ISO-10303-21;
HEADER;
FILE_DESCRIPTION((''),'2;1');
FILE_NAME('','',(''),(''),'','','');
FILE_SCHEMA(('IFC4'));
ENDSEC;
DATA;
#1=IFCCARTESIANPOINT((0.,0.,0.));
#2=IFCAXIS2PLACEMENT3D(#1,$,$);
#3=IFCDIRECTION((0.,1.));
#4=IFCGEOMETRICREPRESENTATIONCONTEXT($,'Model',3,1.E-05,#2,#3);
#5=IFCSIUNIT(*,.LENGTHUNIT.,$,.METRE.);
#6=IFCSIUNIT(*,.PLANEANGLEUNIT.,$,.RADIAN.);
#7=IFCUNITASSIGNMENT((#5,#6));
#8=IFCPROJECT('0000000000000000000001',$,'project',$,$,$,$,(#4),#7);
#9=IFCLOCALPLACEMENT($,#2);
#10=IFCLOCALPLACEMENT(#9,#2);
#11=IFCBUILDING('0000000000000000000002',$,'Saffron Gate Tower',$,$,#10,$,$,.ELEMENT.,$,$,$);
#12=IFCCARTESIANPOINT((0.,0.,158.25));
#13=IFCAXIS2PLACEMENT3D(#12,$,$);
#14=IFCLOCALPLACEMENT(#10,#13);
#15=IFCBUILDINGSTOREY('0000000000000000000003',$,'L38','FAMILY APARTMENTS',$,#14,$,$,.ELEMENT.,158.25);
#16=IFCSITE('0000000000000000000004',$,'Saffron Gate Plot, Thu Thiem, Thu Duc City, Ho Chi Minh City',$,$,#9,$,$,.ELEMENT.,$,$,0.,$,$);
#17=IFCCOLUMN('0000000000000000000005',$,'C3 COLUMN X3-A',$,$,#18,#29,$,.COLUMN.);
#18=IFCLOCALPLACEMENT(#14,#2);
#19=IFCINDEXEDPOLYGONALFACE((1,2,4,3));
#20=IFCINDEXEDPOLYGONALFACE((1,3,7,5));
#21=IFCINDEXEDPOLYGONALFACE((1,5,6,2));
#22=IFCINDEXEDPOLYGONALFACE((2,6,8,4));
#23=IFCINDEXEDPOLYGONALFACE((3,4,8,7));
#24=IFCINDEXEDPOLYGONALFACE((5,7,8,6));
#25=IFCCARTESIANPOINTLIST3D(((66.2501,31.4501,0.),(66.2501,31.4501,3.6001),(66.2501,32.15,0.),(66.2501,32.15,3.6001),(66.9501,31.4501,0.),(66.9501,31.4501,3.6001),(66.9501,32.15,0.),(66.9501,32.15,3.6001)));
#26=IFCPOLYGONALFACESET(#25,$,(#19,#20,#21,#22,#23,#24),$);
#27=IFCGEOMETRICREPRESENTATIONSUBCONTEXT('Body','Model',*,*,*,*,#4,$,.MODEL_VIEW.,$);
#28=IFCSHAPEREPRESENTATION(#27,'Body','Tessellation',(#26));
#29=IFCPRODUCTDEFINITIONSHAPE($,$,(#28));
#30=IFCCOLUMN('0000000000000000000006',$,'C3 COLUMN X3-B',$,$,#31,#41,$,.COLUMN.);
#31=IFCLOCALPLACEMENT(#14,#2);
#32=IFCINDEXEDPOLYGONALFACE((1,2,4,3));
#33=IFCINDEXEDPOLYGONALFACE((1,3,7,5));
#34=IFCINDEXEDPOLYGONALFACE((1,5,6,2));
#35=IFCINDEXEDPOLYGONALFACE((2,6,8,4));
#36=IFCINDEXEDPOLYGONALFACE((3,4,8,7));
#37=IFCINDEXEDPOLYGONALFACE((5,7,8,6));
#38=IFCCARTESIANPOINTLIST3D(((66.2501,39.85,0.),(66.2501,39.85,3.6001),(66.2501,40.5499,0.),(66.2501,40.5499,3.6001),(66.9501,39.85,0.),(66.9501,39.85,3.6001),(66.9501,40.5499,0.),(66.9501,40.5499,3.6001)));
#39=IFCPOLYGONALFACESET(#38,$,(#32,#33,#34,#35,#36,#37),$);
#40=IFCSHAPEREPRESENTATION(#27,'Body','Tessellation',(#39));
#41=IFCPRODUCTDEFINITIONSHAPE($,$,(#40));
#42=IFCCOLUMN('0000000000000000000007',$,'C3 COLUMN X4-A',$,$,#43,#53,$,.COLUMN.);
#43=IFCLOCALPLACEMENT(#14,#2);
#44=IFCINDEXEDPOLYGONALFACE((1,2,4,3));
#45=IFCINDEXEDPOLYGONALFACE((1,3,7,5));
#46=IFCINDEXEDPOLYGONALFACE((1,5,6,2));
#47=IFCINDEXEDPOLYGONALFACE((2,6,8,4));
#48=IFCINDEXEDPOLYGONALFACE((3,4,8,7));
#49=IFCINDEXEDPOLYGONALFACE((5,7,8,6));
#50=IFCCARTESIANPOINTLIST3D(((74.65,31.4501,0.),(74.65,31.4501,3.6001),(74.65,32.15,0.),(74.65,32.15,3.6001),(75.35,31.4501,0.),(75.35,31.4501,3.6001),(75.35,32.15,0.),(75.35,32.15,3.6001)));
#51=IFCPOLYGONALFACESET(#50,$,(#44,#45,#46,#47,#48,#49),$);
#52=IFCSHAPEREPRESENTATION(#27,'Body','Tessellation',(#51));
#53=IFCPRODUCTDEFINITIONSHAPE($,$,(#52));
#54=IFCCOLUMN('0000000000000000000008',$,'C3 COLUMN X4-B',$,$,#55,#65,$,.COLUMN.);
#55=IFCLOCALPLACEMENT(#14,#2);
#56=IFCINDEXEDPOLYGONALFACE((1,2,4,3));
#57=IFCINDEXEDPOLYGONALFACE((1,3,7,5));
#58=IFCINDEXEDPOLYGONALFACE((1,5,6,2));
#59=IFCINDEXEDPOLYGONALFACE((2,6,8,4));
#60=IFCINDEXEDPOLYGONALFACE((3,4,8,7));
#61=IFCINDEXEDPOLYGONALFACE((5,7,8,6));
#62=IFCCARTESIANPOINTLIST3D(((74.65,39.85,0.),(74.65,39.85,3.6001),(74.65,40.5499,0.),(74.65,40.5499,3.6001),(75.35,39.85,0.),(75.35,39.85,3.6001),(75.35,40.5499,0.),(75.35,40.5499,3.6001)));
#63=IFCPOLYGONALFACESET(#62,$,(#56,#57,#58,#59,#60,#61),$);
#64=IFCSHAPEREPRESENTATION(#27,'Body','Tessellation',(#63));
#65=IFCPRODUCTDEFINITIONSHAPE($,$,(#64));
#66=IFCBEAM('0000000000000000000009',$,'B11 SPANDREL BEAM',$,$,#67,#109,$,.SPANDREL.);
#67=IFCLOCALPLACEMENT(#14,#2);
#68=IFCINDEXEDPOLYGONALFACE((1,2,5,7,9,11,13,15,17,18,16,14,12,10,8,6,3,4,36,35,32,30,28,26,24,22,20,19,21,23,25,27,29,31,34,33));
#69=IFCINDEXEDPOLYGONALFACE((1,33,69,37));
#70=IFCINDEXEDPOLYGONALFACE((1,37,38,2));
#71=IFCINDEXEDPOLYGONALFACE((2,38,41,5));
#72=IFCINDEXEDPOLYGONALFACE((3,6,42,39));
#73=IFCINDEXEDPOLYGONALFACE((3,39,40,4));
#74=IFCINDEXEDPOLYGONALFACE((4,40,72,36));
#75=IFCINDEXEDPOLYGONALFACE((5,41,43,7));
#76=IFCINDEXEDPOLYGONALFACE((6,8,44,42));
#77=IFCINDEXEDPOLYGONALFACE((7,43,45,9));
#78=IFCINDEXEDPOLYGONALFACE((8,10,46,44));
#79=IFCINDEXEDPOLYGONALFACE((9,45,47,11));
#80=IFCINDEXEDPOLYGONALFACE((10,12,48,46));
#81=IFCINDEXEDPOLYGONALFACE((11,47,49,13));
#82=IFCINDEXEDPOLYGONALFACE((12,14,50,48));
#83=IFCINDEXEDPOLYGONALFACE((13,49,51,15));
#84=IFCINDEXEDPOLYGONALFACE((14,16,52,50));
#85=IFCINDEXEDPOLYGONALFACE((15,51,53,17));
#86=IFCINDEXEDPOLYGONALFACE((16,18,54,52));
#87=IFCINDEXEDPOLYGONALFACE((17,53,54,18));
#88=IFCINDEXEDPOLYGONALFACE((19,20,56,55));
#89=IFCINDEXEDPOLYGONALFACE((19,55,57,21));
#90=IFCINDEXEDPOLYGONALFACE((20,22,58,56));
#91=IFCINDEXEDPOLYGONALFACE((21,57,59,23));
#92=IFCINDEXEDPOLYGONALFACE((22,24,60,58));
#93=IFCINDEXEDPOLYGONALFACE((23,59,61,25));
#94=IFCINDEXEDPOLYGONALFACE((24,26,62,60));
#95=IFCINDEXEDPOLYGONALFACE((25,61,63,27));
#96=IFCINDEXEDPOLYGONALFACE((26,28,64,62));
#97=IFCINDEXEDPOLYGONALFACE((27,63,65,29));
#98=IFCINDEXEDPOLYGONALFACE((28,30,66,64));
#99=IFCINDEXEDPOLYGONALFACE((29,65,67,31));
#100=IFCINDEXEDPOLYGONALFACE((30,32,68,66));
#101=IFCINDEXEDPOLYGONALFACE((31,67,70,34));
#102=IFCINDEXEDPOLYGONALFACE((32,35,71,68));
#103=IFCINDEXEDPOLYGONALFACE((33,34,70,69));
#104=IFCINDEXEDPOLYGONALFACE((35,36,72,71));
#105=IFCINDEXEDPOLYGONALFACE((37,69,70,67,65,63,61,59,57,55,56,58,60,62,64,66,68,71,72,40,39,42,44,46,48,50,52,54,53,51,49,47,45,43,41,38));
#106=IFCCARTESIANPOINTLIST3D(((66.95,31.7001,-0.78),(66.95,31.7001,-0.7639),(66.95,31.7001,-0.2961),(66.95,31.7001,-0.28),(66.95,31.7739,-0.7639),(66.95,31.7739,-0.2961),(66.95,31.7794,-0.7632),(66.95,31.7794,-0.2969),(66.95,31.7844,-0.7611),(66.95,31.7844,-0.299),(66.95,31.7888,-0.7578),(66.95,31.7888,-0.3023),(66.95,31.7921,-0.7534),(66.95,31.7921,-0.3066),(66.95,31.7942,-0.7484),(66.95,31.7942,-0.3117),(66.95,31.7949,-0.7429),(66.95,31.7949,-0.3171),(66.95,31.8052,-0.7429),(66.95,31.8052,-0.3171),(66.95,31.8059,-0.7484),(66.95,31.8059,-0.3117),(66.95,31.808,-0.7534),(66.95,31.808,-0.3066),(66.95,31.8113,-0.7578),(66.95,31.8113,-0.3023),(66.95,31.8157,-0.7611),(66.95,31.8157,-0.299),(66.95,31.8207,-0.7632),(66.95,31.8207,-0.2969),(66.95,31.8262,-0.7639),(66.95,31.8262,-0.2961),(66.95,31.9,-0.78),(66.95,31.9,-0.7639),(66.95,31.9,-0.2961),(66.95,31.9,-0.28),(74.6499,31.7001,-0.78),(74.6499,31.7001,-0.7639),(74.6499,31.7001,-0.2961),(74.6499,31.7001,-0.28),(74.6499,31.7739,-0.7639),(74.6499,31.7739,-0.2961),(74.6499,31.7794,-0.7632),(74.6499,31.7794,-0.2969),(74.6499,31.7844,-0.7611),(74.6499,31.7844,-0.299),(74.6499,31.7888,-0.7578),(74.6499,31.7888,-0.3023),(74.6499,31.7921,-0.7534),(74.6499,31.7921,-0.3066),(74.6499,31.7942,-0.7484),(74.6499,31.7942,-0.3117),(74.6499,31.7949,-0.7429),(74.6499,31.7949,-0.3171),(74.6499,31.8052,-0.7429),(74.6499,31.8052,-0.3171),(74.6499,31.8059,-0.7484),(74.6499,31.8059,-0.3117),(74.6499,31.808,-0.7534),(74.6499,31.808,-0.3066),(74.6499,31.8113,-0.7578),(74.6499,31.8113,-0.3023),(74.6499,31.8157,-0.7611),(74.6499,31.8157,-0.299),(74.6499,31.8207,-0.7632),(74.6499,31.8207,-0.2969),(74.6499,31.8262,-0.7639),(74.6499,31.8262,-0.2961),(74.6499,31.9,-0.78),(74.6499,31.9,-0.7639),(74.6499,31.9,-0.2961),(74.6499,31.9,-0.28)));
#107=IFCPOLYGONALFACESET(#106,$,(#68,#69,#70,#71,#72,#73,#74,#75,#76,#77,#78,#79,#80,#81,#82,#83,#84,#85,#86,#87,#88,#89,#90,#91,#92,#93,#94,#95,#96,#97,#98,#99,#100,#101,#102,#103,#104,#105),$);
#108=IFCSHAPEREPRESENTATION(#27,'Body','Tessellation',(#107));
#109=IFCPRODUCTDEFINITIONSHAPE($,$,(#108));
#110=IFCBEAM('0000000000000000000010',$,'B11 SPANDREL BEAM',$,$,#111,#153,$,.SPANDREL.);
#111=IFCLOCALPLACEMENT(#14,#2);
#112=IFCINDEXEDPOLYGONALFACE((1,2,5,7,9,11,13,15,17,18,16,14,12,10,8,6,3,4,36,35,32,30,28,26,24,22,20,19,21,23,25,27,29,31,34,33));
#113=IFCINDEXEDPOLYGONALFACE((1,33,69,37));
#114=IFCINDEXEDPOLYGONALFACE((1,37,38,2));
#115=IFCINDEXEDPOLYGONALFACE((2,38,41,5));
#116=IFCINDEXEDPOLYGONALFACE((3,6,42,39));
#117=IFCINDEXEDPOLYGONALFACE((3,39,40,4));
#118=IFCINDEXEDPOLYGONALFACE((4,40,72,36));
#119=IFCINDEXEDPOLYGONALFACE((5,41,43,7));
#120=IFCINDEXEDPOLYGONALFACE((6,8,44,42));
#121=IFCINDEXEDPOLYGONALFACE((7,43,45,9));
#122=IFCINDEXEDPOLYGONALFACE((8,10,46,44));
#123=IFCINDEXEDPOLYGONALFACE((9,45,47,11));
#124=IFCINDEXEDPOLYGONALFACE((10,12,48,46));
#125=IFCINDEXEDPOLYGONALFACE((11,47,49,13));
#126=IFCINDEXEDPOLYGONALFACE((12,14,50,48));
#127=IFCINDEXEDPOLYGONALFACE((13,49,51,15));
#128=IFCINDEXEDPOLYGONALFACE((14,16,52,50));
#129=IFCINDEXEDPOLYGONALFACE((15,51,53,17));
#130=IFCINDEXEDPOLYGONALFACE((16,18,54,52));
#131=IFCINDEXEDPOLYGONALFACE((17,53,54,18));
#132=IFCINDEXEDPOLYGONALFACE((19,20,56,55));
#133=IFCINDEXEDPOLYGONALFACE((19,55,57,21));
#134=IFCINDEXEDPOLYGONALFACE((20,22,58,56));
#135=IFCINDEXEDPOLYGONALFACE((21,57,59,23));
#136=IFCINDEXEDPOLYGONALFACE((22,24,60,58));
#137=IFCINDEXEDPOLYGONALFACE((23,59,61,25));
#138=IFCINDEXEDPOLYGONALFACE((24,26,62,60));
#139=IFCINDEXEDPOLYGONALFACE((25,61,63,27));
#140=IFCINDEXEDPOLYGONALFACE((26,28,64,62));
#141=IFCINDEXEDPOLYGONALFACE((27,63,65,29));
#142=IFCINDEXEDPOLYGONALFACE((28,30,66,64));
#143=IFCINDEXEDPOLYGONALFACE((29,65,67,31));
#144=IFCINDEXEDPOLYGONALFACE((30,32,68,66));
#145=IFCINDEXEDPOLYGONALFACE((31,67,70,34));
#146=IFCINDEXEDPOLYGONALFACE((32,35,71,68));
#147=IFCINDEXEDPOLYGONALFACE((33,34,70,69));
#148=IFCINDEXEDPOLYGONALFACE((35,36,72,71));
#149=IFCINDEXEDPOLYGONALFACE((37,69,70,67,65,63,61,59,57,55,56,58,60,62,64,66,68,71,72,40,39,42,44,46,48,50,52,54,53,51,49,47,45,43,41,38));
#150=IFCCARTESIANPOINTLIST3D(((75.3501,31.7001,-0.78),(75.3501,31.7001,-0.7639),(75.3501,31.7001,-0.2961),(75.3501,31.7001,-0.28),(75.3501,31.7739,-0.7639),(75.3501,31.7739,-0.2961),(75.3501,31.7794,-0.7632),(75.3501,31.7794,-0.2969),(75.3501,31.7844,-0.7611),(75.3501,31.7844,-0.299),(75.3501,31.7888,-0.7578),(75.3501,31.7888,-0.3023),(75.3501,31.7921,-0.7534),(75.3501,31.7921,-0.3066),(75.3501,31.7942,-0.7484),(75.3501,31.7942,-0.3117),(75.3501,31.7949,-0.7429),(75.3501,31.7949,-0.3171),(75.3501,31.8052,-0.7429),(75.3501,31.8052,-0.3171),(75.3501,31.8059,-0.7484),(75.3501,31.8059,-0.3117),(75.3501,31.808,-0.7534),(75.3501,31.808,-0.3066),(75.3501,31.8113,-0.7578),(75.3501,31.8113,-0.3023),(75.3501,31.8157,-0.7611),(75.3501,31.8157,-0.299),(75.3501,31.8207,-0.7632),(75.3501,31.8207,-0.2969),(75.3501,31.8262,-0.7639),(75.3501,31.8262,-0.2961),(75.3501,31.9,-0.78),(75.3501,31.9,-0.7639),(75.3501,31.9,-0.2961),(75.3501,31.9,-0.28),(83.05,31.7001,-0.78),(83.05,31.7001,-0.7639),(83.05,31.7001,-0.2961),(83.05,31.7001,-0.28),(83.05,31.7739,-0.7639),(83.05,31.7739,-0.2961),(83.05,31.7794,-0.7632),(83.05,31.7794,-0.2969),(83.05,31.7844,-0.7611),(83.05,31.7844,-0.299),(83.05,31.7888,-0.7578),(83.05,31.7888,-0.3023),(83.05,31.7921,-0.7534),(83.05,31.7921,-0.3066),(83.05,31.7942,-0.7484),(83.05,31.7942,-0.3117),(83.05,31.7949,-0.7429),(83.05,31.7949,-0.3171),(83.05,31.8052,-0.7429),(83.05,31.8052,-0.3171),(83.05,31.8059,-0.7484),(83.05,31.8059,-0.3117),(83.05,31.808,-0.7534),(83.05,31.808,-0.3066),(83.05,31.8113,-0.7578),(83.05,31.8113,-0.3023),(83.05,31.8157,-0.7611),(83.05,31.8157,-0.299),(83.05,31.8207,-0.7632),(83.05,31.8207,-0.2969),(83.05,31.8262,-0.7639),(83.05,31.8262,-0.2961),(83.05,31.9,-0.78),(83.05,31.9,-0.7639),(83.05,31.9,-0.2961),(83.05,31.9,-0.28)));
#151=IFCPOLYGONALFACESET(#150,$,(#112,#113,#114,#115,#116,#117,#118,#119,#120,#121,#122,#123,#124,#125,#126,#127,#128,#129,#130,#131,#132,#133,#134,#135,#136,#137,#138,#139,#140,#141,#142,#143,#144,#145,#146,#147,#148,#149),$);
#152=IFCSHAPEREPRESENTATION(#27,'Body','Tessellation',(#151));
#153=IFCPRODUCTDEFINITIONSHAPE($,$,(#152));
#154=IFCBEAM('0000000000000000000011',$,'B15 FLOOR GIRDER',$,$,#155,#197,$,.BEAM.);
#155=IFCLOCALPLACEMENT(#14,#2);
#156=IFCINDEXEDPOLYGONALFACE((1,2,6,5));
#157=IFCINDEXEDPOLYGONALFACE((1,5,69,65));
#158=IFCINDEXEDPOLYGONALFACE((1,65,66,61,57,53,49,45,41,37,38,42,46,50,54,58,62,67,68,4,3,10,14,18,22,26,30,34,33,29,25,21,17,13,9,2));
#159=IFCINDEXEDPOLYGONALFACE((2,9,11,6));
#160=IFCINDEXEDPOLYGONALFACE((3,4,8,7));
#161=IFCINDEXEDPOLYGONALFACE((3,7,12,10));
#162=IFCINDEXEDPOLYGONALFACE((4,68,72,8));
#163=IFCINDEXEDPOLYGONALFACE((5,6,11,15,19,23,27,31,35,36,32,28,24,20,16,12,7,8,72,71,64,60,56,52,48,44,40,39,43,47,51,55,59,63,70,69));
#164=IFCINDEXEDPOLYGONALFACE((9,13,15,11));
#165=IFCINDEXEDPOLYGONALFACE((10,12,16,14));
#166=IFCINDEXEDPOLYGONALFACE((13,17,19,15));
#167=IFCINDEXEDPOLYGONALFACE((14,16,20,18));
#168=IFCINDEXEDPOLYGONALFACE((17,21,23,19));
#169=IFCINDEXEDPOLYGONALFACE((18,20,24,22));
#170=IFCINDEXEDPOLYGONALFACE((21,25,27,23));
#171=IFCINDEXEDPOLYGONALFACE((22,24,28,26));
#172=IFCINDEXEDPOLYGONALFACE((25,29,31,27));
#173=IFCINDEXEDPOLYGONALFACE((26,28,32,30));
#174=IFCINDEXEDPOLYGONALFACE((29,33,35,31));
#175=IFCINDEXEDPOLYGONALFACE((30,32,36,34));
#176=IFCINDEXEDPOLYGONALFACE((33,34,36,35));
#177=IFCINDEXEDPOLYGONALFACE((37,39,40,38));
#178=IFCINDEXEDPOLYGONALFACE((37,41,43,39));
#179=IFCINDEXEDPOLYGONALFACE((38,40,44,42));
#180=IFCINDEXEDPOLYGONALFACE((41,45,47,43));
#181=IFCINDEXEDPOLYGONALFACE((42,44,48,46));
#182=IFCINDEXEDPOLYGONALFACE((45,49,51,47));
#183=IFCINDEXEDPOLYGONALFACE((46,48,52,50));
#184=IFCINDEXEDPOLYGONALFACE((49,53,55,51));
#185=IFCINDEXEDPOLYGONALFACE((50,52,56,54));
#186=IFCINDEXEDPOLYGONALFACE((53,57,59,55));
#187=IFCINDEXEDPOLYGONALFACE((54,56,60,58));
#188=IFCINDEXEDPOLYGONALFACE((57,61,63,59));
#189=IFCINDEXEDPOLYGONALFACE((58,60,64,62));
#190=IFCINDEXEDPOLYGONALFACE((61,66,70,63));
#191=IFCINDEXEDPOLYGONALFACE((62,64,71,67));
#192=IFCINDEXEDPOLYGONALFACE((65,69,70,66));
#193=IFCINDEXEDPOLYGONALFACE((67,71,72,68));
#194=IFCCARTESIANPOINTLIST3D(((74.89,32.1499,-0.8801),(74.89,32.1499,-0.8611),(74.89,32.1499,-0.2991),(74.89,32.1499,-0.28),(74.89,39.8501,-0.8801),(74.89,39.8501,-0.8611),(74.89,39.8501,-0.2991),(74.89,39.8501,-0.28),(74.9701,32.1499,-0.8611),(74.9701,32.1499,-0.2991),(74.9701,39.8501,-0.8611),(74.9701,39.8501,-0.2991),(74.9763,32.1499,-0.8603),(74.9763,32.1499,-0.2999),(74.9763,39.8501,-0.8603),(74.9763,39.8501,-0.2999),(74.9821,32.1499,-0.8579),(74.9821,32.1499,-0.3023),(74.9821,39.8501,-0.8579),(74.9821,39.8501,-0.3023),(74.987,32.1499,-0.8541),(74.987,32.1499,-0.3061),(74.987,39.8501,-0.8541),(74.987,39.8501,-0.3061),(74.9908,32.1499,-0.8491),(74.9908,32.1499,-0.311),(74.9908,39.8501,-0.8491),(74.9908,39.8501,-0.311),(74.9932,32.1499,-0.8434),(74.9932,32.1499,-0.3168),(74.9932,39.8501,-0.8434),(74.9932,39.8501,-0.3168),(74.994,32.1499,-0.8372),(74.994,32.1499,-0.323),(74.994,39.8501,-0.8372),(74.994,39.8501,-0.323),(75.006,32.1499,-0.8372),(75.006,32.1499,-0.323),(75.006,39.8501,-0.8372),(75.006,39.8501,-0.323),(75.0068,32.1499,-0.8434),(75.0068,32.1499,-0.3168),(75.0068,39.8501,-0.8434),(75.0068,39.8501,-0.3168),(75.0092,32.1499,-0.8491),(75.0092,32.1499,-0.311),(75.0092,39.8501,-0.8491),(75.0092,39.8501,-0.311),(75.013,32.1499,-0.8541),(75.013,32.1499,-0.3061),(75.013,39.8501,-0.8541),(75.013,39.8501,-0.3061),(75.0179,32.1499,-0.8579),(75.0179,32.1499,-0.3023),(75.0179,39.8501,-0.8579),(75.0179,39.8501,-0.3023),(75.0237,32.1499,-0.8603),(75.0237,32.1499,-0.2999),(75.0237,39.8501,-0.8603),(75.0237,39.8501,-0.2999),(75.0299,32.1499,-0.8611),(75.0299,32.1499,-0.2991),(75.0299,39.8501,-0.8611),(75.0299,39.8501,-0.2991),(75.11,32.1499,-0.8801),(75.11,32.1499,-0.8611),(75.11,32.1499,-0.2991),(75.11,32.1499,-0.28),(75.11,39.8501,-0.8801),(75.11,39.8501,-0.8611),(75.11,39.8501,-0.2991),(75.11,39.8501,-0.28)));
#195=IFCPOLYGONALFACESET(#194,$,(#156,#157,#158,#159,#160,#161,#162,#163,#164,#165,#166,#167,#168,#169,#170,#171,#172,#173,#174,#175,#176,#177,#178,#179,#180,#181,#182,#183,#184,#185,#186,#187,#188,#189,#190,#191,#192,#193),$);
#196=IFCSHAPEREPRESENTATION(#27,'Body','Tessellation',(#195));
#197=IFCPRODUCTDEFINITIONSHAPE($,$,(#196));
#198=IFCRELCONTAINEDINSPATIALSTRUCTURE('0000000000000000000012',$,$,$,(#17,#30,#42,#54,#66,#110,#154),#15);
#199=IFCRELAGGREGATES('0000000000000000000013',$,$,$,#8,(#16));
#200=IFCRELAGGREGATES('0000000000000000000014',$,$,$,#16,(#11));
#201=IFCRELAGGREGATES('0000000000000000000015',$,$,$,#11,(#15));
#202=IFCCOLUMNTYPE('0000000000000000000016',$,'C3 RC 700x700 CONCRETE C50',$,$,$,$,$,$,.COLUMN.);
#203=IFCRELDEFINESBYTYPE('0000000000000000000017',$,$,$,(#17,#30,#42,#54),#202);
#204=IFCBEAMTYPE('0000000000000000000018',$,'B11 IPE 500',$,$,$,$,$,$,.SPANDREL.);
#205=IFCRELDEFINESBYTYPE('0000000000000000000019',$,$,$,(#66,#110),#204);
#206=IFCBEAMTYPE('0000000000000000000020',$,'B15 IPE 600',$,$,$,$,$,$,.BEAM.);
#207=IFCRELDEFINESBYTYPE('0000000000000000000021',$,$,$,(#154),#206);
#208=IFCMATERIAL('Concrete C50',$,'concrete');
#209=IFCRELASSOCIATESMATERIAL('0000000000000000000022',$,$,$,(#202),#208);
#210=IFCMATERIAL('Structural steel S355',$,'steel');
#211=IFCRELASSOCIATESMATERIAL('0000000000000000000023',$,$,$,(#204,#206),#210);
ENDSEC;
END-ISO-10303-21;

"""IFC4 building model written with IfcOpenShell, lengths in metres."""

from ifc_helpers import new_model, si_unit, direction, frame, origin, origin_2d, place, context, subcontext, project, spatial, rectangle, i_section, extrude, material, material_profile, profile_set, type_object, element, save


model = new_model("IFC4")

# Units and contexts
model_context = context("Model", 3, precision=1e-05, world=origin(), true_north=direction((0.0, 1.0)))
body_context = subcontext(model_context, "Body", "Model", "MODEL_VIEW")
ifc_project = project(units=[si_unit("LENGTHUNIT", "METRE"), si_unit("PLANEANGLEUNIT", "RADIAN")], contexts=[model_context])

# Site, building, storey
site_placement = place(None, origin())
site = spatial("IfcSite", under=ifc_project, at=site_placement, Name="Saffron Gate Plot, Thu Thiem, Thu Duc City, Ho Chi Minh City", CompositionType="ELEMENT", RefElevation=0.0)
building_placement = place(site_placement, origin())
building = spatial("IfcBuilding", under=site, at=building_placement, Name="Saffron Gate Tower", CompositionType="ELEMENT")
storey_placement = place(building_placement, frame((0.0, 0.0, 158.25)))
storey = spatial("IfcBuildingStorey", under=building, at=storey_placement, Name="L38", Description="FAMILY APARTMENTS", CompositionType="ELEMENT", Elevation=158.25)

# Columns
ifc_material_1 = material(Name="Concrete C50", Category="concrete")
ifc_material_profile_1 = material_profile(ifc_material_1, rectangle(XDim=0.7, YDim=0.7, at=origin_2d()))
ifc_profile_set_1 = profile_set([ifc_material_profile_1], Name="Concrete C50")
column_type = type_object("IfcColumnType", Name="C3 RC 700x700 CONCRETE C50", PredefinedType="COLUMN", material=ifc_profile_set_1)
for number, where, z_axis, x_axis, name in (
    (1, (66.6001, 31.8, 0.0), (0.0, 0.0, 1.0), (1.0, 0.0, 0.0), "C3 COLUMN X3-A"),
    (2, (66.6001, 40.2, 0.0), (0.0, 0.0, 1.0), (1.0, 0.0, 0.0), "C3 COLUMN X3-B"),
    (3, (75.0, 31.8, 0.0), (0.0, 0.0, 1.0), (1.0, 0.0, 0.0), "C3 COLUMN X4-A"),
    (4, (75.0, 40.2, 0.0), (0.0, 0.0, 1.0), (1.0, 0.0, 0.0), "C3 COLUMN X4-B"),
):
    element("IfcColumn", number, at=place(storey_placement, frame(where, z_axis=z_axis, x_axis=x_axis)), inside=storey, type_object=column_type, Name=name, PredefinedType="COLUMN", context=body_context, shape_type="SweptSolid", body=[
        extrude(rectangle(XDim=0.7, YDim=0.7, at=origin_2d()), origin(), (0.0, 0.0, 1.0), 3.6001),
    ])

# Beams
ifc_material_2 = material(Name="Structural steel S355", Category="steel")
ifc_material_profile_2 = material_profile(ifc_material_2, i_section(OverallWidth=0.2, OverallDepth=0.5, WebThickness=0.0103, FlangeThickness=0.0161, FilletRadius=0.021, at=origin_2d()))
ifc_profile_set_2 = profile_set([ifc_material_profile_2], Name="Structural steel S355")
beam_type_1 = type_object("IfcBeamType", Name="B11 IPE 500", PredefinedType="SPANDREL", material=ifc_profile_set_2)
for number, where, z_axis, x_axis, name in (
    (5, (66.95, 31.8, -0.53), (1.0, 0.0, 0.0), (0.0, 1.0, 0.0), "B11 SPANDREL BEAM"),
    (6, (75.3501, 31.8, -0.53), (1.0, 0.0, 0.0), (0.0, 1.0, 0.0), "B11 SPANDREL BEAM"),
):
    element("IfcBeam", number, at=place(storey_placement, frame(where, z_axis=z_axis, x_axis=x_axis)), inside=storey, type_object=beam_type_1, Name=name, PredefinedType="SPANDREL", context=body_context, shape_type="SweptSolid", body=[
        extrude(i_section(OverallWidth=0.2, OverallDepth=0.5, WebThickness=0.0103, FlangeThickness=0.0161, FilletRadius=0.021, at=origin_2d()), origin(), (0.0, 0.0, 1.0), 7.7),
    ])
ifc_material_profile_3 = material_profile(ifc_material_2, i_section(OverallWidth=0.22, OverallDepth=0.6001, WebThickness=0.012, FlangeThickness=0.019, FilletRadius=0.0239, at=origin_2d()))
ifc_profile_set_3 = profile_set([ifc_material_profile_3], Name="Structural steel S355")
beam_type_2 = type_object("IfcBeamType", Name="B15 IPE 600", PredefinedType="BEAM", material=ifc_profile_set_3)
beam_placement = place(storey_placement, frame((75.0, 32.1499, -0.5801), z_axis=(0.0, 1.0, 0.0), x_axis=(-1.0, 0.0, 0.0)))
element("IfcBeam", 7, at=beam_placement, inside=storey, type_object=beam_type_2, Name="B15 FLOOR GIRDER", PredefinedType="BEAM", context=body_context, shape_type="SweptSolid", body=[
    extrude(i_section(OverallWidth=0.22, OverallDepth=0.6001, WebThickness=0.012, FlangeThickness=0.019, FilletRadius=0.0239, at=origin_2d()), origin(), (0.0, 0.0, 1.0), 7.7002),
])

save(model, "model.ifc")
